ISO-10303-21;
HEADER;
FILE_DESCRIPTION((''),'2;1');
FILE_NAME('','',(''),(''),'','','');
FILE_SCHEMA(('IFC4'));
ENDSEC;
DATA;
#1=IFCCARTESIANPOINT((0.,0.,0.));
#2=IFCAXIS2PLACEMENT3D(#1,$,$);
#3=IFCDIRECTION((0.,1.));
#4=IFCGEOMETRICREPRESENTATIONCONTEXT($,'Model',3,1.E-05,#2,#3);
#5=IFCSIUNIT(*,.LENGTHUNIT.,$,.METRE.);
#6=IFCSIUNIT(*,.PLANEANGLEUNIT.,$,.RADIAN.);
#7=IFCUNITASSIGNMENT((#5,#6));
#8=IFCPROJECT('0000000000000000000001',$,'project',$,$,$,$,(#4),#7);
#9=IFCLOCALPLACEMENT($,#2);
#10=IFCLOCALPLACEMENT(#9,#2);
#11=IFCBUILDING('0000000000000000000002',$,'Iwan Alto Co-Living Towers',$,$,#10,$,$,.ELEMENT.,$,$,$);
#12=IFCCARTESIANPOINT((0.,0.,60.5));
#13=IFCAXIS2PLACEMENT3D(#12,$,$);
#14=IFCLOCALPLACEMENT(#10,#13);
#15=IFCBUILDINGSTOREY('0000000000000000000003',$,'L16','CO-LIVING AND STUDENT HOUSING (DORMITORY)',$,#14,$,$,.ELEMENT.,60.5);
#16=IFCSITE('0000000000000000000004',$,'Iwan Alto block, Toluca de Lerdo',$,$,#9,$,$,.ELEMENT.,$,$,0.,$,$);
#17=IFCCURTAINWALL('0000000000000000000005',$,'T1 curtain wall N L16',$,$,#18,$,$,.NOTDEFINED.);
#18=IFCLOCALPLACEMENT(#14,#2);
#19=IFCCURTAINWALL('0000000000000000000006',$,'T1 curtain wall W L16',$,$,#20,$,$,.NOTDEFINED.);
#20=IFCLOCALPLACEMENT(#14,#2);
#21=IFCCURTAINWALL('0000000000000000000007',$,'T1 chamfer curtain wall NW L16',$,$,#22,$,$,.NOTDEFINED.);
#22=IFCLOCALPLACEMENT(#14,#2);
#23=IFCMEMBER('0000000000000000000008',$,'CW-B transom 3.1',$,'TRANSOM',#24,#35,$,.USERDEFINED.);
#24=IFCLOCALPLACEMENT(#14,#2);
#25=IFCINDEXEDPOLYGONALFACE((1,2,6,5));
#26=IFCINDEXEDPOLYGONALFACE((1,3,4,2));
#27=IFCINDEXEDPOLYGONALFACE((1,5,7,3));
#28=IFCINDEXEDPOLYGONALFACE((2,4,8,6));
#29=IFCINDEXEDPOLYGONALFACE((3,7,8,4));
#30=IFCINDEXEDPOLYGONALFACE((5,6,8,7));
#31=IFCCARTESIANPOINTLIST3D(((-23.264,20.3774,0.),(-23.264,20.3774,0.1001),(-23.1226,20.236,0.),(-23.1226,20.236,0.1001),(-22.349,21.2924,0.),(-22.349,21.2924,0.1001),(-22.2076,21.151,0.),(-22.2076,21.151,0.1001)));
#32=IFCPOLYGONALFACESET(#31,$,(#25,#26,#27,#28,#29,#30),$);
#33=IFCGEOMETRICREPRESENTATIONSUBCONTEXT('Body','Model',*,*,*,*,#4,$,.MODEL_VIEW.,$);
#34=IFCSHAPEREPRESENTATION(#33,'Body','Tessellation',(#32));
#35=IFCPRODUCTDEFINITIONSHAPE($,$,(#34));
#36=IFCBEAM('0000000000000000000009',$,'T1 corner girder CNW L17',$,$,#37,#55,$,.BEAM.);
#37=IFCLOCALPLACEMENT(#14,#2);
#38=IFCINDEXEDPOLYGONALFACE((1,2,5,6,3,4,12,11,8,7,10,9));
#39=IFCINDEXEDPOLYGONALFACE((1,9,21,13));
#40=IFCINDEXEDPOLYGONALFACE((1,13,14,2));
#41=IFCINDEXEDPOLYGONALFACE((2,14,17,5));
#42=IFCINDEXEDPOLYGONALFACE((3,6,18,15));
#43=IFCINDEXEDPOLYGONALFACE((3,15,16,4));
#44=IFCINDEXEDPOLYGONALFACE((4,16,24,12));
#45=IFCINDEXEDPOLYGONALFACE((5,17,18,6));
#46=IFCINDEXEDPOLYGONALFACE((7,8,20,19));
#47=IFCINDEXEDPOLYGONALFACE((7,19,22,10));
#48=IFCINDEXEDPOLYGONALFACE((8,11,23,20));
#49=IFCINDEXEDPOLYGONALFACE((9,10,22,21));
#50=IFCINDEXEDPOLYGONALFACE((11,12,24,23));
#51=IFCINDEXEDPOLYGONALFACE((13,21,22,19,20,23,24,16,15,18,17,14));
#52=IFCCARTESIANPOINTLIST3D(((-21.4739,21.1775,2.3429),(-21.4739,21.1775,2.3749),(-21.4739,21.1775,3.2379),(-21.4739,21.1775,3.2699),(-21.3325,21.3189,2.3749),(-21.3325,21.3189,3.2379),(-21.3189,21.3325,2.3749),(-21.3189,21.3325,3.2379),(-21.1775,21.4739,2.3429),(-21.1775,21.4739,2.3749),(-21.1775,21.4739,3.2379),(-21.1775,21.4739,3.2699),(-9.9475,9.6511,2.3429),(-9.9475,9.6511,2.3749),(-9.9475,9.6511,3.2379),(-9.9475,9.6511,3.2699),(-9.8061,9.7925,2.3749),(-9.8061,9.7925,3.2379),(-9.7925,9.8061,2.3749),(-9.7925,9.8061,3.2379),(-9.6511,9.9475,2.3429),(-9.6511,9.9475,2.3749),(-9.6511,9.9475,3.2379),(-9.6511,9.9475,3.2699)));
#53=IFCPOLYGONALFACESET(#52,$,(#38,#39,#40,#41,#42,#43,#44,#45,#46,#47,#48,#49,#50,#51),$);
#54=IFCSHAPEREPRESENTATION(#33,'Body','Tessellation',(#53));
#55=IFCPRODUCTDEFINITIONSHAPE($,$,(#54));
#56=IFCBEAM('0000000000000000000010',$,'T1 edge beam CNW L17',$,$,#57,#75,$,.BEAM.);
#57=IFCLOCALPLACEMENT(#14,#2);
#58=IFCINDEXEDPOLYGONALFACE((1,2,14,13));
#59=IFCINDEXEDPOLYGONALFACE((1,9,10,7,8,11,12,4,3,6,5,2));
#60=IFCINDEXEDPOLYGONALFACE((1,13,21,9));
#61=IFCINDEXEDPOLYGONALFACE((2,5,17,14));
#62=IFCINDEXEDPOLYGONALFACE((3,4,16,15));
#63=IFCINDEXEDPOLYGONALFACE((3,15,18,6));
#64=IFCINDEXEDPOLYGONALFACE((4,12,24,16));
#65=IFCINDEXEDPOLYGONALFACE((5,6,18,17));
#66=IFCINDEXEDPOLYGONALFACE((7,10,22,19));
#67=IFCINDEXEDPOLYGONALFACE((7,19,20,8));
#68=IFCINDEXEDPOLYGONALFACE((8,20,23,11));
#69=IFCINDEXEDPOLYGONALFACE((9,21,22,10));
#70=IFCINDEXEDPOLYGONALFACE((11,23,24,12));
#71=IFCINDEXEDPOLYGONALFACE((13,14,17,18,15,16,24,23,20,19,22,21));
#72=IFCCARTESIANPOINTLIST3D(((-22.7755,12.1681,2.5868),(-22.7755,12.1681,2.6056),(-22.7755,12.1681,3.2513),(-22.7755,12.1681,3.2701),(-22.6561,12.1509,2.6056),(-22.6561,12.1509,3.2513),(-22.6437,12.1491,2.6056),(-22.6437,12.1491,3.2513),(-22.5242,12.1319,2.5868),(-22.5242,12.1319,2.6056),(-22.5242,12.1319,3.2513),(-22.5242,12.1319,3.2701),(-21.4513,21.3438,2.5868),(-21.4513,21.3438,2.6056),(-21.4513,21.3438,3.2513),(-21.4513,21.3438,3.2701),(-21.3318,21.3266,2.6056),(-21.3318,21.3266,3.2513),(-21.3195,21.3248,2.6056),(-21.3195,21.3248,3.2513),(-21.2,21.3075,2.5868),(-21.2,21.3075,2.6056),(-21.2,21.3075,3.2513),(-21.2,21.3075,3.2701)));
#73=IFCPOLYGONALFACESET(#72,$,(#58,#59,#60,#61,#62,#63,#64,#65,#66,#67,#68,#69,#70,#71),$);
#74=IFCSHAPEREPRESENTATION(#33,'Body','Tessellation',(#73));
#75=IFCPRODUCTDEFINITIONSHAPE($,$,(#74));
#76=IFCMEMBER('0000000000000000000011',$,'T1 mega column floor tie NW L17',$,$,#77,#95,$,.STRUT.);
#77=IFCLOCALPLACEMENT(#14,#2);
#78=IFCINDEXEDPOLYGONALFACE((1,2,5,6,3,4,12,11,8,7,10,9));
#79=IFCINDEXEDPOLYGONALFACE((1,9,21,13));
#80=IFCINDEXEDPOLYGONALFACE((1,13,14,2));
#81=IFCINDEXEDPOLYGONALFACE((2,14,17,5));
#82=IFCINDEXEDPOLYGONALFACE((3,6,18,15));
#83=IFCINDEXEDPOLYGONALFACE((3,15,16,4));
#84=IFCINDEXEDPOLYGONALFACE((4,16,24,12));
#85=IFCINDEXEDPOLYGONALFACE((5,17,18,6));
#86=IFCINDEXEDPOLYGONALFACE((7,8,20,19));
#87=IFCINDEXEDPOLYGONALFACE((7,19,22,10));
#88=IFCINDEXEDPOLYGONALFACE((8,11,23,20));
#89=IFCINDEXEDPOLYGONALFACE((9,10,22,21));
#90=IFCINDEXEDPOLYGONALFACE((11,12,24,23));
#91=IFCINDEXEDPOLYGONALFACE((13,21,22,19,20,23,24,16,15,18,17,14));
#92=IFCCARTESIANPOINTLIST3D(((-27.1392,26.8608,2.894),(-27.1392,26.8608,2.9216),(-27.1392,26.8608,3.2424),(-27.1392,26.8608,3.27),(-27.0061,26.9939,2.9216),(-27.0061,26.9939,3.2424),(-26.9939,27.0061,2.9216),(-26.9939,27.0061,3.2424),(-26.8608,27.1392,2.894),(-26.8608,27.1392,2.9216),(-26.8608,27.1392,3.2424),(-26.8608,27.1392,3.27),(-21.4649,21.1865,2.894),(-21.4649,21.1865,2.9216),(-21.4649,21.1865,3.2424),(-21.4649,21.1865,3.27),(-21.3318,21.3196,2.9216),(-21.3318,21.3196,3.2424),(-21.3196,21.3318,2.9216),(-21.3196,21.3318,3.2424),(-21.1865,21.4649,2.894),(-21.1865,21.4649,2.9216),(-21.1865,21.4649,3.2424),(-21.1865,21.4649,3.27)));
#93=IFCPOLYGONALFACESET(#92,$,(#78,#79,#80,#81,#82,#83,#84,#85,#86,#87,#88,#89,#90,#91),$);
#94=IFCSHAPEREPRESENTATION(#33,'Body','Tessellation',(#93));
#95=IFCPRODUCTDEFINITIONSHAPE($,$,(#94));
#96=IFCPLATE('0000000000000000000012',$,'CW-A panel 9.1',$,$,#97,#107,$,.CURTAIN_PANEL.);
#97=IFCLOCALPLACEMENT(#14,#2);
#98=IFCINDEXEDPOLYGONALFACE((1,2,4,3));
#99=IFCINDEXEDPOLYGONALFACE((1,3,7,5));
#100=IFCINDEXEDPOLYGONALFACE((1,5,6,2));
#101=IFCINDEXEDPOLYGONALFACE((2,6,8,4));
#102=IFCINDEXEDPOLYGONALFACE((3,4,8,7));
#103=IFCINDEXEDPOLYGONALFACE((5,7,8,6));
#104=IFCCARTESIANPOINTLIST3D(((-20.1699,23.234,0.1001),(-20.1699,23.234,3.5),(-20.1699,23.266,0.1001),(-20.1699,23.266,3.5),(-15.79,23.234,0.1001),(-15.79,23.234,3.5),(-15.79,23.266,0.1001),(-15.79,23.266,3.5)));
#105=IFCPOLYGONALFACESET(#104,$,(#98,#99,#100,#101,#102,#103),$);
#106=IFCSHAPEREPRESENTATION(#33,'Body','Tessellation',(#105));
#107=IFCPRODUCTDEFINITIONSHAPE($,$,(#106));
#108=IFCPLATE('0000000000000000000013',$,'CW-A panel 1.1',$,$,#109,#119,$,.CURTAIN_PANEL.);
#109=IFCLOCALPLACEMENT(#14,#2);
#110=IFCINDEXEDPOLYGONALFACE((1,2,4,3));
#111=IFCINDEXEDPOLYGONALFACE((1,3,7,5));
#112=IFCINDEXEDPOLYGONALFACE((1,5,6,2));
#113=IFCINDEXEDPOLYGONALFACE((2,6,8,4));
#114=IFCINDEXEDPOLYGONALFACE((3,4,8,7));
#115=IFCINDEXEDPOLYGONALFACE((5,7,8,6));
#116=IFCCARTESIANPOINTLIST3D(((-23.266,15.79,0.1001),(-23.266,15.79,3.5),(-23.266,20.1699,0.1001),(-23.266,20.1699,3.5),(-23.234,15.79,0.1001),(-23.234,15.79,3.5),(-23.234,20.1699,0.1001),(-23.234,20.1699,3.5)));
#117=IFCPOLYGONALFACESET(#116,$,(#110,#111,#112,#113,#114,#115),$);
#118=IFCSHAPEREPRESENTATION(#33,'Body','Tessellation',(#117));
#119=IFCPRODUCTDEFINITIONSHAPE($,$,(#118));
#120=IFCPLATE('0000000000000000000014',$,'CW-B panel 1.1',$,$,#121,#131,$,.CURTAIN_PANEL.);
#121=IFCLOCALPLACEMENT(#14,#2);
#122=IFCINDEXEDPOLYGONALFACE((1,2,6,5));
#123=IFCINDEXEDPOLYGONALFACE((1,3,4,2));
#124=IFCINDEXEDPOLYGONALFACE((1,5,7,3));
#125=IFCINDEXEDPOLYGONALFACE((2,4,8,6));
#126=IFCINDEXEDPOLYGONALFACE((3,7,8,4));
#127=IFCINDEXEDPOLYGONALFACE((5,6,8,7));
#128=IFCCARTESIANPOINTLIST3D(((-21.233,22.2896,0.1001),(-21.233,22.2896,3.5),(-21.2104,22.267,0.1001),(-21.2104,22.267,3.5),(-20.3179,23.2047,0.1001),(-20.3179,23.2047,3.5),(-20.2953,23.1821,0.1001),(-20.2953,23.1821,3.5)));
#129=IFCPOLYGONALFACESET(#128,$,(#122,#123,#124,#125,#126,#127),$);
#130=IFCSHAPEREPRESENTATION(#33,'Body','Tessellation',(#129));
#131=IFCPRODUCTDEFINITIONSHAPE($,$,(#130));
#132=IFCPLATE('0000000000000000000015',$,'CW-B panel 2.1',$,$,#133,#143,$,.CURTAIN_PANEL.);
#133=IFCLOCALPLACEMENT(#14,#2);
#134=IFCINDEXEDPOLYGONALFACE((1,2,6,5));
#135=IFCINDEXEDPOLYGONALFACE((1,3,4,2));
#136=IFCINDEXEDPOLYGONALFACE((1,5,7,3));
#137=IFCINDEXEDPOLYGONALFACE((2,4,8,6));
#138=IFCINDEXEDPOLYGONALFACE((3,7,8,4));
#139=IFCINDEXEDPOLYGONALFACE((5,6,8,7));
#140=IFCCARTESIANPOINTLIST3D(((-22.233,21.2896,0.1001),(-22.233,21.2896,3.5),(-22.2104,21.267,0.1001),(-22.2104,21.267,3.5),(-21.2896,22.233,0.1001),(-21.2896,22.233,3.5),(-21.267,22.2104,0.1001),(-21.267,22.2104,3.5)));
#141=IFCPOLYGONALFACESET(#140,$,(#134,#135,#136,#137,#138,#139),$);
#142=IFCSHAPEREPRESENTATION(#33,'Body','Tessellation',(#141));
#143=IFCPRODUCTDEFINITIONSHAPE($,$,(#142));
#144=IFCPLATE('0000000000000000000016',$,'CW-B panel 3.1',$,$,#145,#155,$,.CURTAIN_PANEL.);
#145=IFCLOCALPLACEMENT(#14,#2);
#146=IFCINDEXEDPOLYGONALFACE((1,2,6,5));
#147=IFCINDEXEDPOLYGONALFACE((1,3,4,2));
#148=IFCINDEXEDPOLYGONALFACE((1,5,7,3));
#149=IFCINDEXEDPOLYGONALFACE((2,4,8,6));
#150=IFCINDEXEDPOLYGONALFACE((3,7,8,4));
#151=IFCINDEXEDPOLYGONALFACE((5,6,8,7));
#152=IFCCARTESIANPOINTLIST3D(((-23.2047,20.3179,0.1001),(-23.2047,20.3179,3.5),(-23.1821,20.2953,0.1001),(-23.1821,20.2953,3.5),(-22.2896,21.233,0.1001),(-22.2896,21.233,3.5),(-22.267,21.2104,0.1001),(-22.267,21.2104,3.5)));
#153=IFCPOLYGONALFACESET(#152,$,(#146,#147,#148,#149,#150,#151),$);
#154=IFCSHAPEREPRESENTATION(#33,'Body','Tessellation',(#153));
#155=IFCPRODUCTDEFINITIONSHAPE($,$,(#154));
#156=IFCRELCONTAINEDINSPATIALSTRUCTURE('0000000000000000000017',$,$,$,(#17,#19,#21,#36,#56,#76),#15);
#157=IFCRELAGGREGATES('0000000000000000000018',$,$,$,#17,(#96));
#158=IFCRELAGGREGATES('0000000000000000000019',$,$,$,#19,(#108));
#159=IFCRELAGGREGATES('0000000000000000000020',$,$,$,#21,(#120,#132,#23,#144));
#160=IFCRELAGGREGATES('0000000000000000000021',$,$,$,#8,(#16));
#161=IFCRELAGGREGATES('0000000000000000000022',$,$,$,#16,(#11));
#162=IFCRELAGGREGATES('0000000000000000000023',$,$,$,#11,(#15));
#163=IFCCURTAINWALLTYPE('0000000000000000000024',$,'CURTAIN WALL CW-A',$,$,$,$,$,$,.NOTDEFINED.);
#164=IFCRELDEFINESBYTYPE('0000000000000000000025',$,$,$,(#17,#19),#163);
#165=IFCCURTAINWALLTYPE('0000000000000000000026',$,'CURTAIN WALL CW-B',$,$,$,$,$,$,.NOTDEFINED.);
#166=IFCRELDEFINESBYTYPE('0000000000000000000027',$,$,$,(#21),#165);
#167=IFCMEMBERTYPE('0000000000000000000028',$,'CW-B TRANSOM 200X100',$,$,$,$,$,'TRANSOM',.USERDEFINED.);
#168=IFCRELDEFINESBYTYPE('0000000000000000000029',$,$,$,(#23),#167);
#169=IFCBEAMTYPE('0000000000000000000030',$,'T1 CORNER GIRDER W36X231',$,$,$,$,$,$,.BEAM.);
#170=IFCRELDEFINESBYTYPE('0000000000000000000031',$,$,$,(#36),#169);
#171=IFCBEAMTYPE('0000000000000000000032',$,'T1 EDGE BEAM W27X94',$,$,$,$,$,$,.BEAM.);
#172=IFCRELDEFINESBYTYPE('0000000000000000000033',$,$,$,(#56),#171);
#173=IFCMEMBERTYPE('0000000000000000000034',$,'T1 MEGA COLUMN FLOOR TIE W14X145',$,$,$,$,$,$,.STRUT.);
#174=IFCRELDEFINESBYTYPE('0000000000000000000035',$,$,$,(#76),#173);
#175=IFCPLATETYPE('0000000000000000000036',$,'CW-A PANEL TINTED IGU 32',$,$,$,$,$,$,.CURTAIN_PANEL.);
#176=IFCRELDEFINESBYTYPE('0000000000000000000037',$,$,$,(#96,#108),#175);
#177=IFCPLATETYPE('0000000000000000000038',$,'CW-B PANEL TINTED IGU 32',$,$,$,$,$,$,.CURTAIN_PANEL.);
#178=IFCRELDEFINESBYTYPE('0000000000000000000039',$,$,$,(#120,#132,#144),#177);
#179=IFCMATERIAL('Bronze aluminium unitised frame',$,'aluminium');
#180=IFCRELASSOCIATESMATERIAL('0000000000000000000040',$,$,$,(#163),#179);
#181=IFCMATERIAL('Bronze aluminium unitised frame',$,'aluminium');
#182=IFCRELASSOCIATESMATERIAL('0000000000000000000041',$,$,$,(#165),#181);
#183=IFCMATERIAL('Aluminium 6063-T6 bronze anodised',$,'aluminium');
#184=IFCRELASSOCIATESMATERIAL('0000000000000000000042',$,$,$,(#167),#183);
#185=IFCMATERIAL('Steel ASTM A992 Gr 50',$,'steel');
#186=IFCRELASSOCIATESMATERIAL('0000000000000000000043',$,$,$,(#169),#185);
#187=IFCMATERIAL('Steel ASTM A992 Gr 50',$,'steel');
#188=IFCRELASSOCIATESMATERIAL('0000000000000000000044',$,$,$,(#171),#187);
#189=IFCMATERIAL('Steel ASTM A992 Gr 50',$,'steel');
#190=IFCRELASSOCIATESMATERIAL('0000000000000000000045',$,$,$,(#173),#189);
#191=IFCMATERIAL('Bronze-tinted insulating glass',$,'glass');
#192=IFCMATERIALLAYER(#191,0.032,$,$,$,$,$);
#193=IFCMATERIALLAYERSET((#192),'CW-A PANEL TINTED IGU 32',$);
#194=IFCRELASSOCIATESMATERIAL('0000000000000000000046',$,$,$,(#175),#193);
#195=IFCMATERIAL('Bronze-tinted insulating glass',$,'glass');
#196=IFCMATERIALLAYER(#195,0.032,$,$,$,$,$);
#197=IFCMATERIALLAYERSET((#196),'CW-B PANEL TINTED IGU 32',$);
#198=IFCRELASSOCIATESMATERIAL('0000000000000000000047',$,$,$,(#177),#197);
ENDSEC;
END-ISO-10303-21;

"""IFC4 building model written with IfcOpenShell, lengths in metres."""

from ifc_helpers import new_model, si_unit, direction, frame, origin, origin_2d, place, context, subcontext, project, spatial, rectangle, i_section, extrude, material, layer, layer_set, material_profile, profile_set, type_object, element, aggregate, save


model = new_model("IFC4")

# Units and contexts
model_context = context("Model", 3, precision=1e-05, world=origin(), true_north=direction((0.0, 1.0)))
body_context = subcontext(model_context, "Body", "Model", "MODEL_VIEW")
ifc_project = project(units=[si_unit("LENGTHUNIT", "METRE"), si_unit("PLANEANGLEUNIT", "RADIAN")], contexts=[model_context])

# Site, building, storey
site_placement = place(None, origin())
site = spatial("IfcSite", under=ifc_project, at=site_placement, Name="Iwan Alto block, Toluca de Lerdo", CompositionType="ELEMENT", RefElevation=0.0)
building_placement = place(site_placement, origin())
building = spatial("IfcBuilding", under=site, at=building_placement, Name="Iwan Alto Co-Living Towers", CompositionType="ELEMENT")
storey_placement = place(building_placement, frame((0.0, 0.0, 60.5)))
storey = spatial("IfcBuildingStorey", under=building, at=storey_placement, Name="L16", Description="CO-LIVING AND STUDENT HOUSING (DORMITORY)", CompositionType="ELEMENT", Elevation=60.5)

# Curtain walls
ifc_material_1 = material(Name="Bronze aluminium unitised frame", Category="aluminium")
curtain_wall_type_1 = type_object("IfcCurtainWallType", Name="CURTAIN WALL CW-A", PredefinedType="NOTDEFINED", material=ifc_material_1)
curtain_wall_1_placement = place(storey_placement, origin())
curtain_wall_1 = element("IfcCurtainWall", 1, at=curtain_wall_1_placement, inside=storey, type_object=curtain_wall_type_1, Name="T1 curtain wall N L16", PredefinedType="NOTDEFINED")
curtain_wall_2_placement = place(storey_placement, origin())
curtain_wall_2 = element("IfcCurtainWall", 2, at=curtain_wall_2_placement, inside=storey, type_object=curtain_wall_type_1, Name="T1 curtain wall W L16", PredefinedType="NOTDEFINED")

# Curtain wall, member
ifc_material_2 = material(Name="Bronze aluminium unitised frame", Category="aluminium")
curtain_wall_type_2 = type_object("IfcCurtainWallType", Name="CURTAIN WALL CW-B", PredefinedType="NOTDEFINED", material=ifc_material_2)
curtain_wall_3_placement = place(storey_placement, origin())
curtain_wall_3 = element("IfcCurtainWall", 3, at=curtain_wall_3_placement, inside=storey, type_object=curtain_wall_type_2, Name="T1 chamfer curtain wall NW L16", PredefinedType="NOTDEFINED")
ifc_material_3 = material(Name="Aluminium 6063-T6 bronze anodised", Category="aluminium")
ifc_material_profile_1 = material_profile(ifc_material_3, rectangle(XDim=0.2, YDim=0.1001, at=origin_2d()), Name="AL 200X100")
ifc_profile_set_1 = profile_set([ifc_material_profile_1], Name="Aluminium 6063-T6 bronze anodised")
member_type_1 = type_object("IfcMemberType", Name="CW-B TRANSOM 200X100", ElementType="TRANSOM", PredefinedType="USERDEFINED", material=ifc_profile_set_1)
member_1_placement = place(storey_placement, frame((-22.2783, 21.2217, 0.05), z_axis=(-0.707107, -0.707107, 0.0), x_axis=(0.707107, -0.707107, 0.0)))
member_1 = element("IfcMember", 4, at=member_1_placement, type_object=member_type_1, Name="CW-B transom 3.1", ObjectType="TRANSOM", PredefinedType="USERDEFINED", context=body_context, shape_type="SweptSolid", body=[
    extrude(rectangle(XDim=0.2, YDim=0.1001, at=origin_2d()), origin(), (0.0, 0.0, 1.0), 1.2939),
])

# Beams
ifc_material_4 = material(Name="Steel ASTM A992 Gr 50", Category="steel")
ifc_material_profile_2 = material_profile(ifc_material_4, i_section(OverallWidth=0.4192, OverallDepth=0.927, WebThickness=0.0193, FlangeThickness=0.032, at=origin_2d()), Name="W36X231")
ifc_profile_set_2 = profile_set([ifc_material_profile_2], Name="Steel ASTM A992 Gr 50")
beam_type_1 = type_object("IfcBeamType", Name="T1 CORNER GIRDER W36X231", PredefinedType="BEAM", material=ifc_profile_set_2)
beam_1_placement = place(storey_placement, frame((-21.3257, 21.3257, 2.8064), z_axis=(0.707107, -0.707107, 0.0), x_axis=(0.707107, 0.707107, 0.0)))
element("IfcBeam", 5, at=beam_1_placement, inside=storey, type_object=beam_type_1, Name="T1 corner girder CNW L17", PredefinedType="BEAM", context=body_context, shape_type="SweptSolid", body=[
    extrude(i_section(OverallWidth=0.4192, OverallDepth=0.927, WebThickness=0.0193, FlangeThickness=0.032, at=origin_2d()), origin(), (0.0, 0.0, 1.0), 16.3008),
])
ifc_material_5 = material(Name="Steel ASTM A992 Gr 50", Category="steel")
ifc_material_profile_3 = material_profile(ifc_material_5, i_section(OverallWidth=0.2539, OverallDepth=0.6833, WebThickness=0.0125, FlangeThickness=0.0188, at=origin_2d()), Name="W27X94")
ifc_profile_set_3 = profile_set([ifc_material_profile_3], Name="Steel ASTM A992 Gr 50")
beam_type_2 = type_object("IfcBeamType", Name="T1 EDGE BEAM W27X94", PredefinedType="BEAM", material=ifc_profile_set_3)
beam_2_placement = place(storey_placement, frame((-21.3257, 21.3257, 2.9285), z_axis=(-0.142837, -0.989746, 0.0), x_axis=(0.989746, -0.142837, 0.0)))
element("IfcBeam", 6, at=beam_2_placement, inside=storey, type_object=beam_type_2, Name="T1 edge beam CNW L17", PredefinedType="BEAM", context=body_context, shape_type="SweptSolid", body=[
    extrude(i_section(OverallWidth=0.2539, OverallDepth=0.6833, WebThickness=0.0125, FlangeThickness=0.0188, at=origin_2d()), origin(), (0.0, 0.0, 1.0), 9.2708),
])

# Member
ifc_material_6 = material(Name="Steel ASTM A992 Gr 50", Category="steel")
ifc_material_profile_4 = material_profile(ifc_material_6, i_section(OverallWidth=0.3938, OverallDepth=0.376, WebThickness=0.0173, FlangeThickness=0.0276, at=origin_2d()), Name="W14X145")
ifc_profile_set_4 = profile_set([ifc_material_profile_4], Name="Steel ASTM A992 Gr 50")
member_type_2 = type_object("IfcMemberType", Name="T1 MEGA COLUMN FLOOR TIE W14X145", PredefinedType="STRUT", material=ifc_profile_set_4)
member_2_placement = place(storey_placement, frame((-27.0, 27.0, 3.082), z_axis=(0.707107, -0.707107, 0.0), x_axis=(0.707107, 0.707107, 0.0)))
element("IfcMember", 7, at=member_2_placement, inside=storey, type_object=member_type_2, Name="T1 mega column floor tie NW L17", PredefinedType="STRUT", context=body_context, shape_type="SweptSolid", body=[
    extrude(i_section(OverallWidth=0.3938, OverallDepth=0.376, WebThickness=0.0173, FlangeThickness=0.0276, at=origin_2d()), origin(), (0.0, 0.0, 1.0), 8.0247),
])

# Plates
ifc_material_7 = material(Name="Bronze-tinted insulating glass", Category="glass")
ifc_layer_1 = layer(ifc_material_7, 0.032)
ifc_layer_set_1 = layer_set([ifc_layer_1], Name="CW-A PANEL TINTED IGU 32")
plate_type_1 = type_object("IfcPlateType", Name="CW-A PANEL TINTED IGU 32", PredefinedType="CURTAIN_PANEL", material=ifc_layer_set_1)
plate_1_placement = place(storey_placement, frame((-17.98, 23.25, 0.1001), z_axis=(0.0, 0.0, 1.0), x_axis=(-1.0, 0.0, 0.0)))
plate_1 = element("IfcPlate", 8, at=plate_1_placement, type_object=plate_type_1, Name="CW-A panel 9.1", PredefinedType="CURTAIN_PANEL", context=body_context, shape_type="SweptSolid", body=[
    extrude(rectangle(XDim=4.3799, YDim=0.032, at=origin_2d()), origin(), (0.0, 0.0, 1.0), 3.3999),
])
aggregate(curtain_wall_1, [plate_1])
plate_2_placement = place(storey_placement, frame((-23.25, 17.98, 0.1001), z_axis=(0.0, 0.0, 1.0), x_axis=(0.0, -1.0, 0.0)))
plate_2 = element("IfcPlate", 9, at=plate_2_placement, type_object=plate_type_1, Name="CW-A panel 1.1", PredefinedType="CURTAIN_PANEL", context=body_context, shape_type="SweptSolid", body=[
    extrude(rectangle(XDim=4.3799, YDim=0.032, at=origin_2d()), origin(), (0.0, 0.0, 1.0), 3.3999),
])
aggregate(curtain_wall_2, [plate_2])
ifc_material_8 = material(Name="Bronze-tinted insulating glass", Category="glass")
ifc_layer_2 = layer(ifc_material_8, 0.032)
ifc_layer_set_2 = layer_set([ifc_layer_2], Name="CW-B PANEL TINTED IGU 32")
plate_type_2 = type_object("IfcPlateType", Name="CW-B PANEL TINTED IGU 32", PredefinedType="CURTAIN_PANEL", material=ifc_layer_set_2)
plate_3_placement = place(storey_placement, frame((-20.7642, 22.7358, 0.1001), z_axis=(0.0, 0.0, 1.0), x_axis=(-0.707107, -0.707107, 0.0)))
plate_3 = element("IfcPlate", 10, at=plate_3_placement, type_object=plate_type_2, Name="CW-B panel 1.1", PredefinedType="CURTAIN_PANEL", context=body_context, shape_type="SweptSolid", body=[
    extrude(rectangle(XDim=1.2942, YDim=0.032, at=origin_2d()), origin(), (0.0, 0.0, 1.0), 3.3999),
])
plate_4_placement = place(storey_placement, frame((-21.75, 21.75, 0.1001), z_axis=(0.0, 0.0, 1.0), x_axis=(-0.707107, -0.707107, 0.0)))
plate_4 = element("IfcPlate", 11, at=plate_4_placement, type_object=plate_type_2, Name="CW-B panel 2.1", PredefinedType="CURTAIN_PANEL", context=body_context, shape_type="SweptSolid", body=[
    extrude(rectangle(XDim=1.3342, YDim=0.032, at=origin_2d()), origin(), (0.0, 0.0, 1.0), 3.3999),
])
plate_5_placement = place(storey_placement, frame((-22.7358, 20.7642, 0.1001), z_axis=(0.0, 0.0, 1.0), x_axis=(-0.707107, -0.707107, 0.0)))
plate_5 = element("IfcPlate", 12, at=plate_5_placement, type_object=plate_type_2, Name="CW-B panel 3.1", PredefinedType="CURTAIN_PANEL", context=body_context, shape_type="SweptSolid", body=[
    extrude(rectangle(XDim=1.2942, YDim=0.032, at=origin_2d()), origin(), (0.0, 0.0, 1.0), 3.3999),
])
aggregate(curtain_wall_3, [plate_3, plate_4, member_1, plate_5])

save(model, "model.ifc")
